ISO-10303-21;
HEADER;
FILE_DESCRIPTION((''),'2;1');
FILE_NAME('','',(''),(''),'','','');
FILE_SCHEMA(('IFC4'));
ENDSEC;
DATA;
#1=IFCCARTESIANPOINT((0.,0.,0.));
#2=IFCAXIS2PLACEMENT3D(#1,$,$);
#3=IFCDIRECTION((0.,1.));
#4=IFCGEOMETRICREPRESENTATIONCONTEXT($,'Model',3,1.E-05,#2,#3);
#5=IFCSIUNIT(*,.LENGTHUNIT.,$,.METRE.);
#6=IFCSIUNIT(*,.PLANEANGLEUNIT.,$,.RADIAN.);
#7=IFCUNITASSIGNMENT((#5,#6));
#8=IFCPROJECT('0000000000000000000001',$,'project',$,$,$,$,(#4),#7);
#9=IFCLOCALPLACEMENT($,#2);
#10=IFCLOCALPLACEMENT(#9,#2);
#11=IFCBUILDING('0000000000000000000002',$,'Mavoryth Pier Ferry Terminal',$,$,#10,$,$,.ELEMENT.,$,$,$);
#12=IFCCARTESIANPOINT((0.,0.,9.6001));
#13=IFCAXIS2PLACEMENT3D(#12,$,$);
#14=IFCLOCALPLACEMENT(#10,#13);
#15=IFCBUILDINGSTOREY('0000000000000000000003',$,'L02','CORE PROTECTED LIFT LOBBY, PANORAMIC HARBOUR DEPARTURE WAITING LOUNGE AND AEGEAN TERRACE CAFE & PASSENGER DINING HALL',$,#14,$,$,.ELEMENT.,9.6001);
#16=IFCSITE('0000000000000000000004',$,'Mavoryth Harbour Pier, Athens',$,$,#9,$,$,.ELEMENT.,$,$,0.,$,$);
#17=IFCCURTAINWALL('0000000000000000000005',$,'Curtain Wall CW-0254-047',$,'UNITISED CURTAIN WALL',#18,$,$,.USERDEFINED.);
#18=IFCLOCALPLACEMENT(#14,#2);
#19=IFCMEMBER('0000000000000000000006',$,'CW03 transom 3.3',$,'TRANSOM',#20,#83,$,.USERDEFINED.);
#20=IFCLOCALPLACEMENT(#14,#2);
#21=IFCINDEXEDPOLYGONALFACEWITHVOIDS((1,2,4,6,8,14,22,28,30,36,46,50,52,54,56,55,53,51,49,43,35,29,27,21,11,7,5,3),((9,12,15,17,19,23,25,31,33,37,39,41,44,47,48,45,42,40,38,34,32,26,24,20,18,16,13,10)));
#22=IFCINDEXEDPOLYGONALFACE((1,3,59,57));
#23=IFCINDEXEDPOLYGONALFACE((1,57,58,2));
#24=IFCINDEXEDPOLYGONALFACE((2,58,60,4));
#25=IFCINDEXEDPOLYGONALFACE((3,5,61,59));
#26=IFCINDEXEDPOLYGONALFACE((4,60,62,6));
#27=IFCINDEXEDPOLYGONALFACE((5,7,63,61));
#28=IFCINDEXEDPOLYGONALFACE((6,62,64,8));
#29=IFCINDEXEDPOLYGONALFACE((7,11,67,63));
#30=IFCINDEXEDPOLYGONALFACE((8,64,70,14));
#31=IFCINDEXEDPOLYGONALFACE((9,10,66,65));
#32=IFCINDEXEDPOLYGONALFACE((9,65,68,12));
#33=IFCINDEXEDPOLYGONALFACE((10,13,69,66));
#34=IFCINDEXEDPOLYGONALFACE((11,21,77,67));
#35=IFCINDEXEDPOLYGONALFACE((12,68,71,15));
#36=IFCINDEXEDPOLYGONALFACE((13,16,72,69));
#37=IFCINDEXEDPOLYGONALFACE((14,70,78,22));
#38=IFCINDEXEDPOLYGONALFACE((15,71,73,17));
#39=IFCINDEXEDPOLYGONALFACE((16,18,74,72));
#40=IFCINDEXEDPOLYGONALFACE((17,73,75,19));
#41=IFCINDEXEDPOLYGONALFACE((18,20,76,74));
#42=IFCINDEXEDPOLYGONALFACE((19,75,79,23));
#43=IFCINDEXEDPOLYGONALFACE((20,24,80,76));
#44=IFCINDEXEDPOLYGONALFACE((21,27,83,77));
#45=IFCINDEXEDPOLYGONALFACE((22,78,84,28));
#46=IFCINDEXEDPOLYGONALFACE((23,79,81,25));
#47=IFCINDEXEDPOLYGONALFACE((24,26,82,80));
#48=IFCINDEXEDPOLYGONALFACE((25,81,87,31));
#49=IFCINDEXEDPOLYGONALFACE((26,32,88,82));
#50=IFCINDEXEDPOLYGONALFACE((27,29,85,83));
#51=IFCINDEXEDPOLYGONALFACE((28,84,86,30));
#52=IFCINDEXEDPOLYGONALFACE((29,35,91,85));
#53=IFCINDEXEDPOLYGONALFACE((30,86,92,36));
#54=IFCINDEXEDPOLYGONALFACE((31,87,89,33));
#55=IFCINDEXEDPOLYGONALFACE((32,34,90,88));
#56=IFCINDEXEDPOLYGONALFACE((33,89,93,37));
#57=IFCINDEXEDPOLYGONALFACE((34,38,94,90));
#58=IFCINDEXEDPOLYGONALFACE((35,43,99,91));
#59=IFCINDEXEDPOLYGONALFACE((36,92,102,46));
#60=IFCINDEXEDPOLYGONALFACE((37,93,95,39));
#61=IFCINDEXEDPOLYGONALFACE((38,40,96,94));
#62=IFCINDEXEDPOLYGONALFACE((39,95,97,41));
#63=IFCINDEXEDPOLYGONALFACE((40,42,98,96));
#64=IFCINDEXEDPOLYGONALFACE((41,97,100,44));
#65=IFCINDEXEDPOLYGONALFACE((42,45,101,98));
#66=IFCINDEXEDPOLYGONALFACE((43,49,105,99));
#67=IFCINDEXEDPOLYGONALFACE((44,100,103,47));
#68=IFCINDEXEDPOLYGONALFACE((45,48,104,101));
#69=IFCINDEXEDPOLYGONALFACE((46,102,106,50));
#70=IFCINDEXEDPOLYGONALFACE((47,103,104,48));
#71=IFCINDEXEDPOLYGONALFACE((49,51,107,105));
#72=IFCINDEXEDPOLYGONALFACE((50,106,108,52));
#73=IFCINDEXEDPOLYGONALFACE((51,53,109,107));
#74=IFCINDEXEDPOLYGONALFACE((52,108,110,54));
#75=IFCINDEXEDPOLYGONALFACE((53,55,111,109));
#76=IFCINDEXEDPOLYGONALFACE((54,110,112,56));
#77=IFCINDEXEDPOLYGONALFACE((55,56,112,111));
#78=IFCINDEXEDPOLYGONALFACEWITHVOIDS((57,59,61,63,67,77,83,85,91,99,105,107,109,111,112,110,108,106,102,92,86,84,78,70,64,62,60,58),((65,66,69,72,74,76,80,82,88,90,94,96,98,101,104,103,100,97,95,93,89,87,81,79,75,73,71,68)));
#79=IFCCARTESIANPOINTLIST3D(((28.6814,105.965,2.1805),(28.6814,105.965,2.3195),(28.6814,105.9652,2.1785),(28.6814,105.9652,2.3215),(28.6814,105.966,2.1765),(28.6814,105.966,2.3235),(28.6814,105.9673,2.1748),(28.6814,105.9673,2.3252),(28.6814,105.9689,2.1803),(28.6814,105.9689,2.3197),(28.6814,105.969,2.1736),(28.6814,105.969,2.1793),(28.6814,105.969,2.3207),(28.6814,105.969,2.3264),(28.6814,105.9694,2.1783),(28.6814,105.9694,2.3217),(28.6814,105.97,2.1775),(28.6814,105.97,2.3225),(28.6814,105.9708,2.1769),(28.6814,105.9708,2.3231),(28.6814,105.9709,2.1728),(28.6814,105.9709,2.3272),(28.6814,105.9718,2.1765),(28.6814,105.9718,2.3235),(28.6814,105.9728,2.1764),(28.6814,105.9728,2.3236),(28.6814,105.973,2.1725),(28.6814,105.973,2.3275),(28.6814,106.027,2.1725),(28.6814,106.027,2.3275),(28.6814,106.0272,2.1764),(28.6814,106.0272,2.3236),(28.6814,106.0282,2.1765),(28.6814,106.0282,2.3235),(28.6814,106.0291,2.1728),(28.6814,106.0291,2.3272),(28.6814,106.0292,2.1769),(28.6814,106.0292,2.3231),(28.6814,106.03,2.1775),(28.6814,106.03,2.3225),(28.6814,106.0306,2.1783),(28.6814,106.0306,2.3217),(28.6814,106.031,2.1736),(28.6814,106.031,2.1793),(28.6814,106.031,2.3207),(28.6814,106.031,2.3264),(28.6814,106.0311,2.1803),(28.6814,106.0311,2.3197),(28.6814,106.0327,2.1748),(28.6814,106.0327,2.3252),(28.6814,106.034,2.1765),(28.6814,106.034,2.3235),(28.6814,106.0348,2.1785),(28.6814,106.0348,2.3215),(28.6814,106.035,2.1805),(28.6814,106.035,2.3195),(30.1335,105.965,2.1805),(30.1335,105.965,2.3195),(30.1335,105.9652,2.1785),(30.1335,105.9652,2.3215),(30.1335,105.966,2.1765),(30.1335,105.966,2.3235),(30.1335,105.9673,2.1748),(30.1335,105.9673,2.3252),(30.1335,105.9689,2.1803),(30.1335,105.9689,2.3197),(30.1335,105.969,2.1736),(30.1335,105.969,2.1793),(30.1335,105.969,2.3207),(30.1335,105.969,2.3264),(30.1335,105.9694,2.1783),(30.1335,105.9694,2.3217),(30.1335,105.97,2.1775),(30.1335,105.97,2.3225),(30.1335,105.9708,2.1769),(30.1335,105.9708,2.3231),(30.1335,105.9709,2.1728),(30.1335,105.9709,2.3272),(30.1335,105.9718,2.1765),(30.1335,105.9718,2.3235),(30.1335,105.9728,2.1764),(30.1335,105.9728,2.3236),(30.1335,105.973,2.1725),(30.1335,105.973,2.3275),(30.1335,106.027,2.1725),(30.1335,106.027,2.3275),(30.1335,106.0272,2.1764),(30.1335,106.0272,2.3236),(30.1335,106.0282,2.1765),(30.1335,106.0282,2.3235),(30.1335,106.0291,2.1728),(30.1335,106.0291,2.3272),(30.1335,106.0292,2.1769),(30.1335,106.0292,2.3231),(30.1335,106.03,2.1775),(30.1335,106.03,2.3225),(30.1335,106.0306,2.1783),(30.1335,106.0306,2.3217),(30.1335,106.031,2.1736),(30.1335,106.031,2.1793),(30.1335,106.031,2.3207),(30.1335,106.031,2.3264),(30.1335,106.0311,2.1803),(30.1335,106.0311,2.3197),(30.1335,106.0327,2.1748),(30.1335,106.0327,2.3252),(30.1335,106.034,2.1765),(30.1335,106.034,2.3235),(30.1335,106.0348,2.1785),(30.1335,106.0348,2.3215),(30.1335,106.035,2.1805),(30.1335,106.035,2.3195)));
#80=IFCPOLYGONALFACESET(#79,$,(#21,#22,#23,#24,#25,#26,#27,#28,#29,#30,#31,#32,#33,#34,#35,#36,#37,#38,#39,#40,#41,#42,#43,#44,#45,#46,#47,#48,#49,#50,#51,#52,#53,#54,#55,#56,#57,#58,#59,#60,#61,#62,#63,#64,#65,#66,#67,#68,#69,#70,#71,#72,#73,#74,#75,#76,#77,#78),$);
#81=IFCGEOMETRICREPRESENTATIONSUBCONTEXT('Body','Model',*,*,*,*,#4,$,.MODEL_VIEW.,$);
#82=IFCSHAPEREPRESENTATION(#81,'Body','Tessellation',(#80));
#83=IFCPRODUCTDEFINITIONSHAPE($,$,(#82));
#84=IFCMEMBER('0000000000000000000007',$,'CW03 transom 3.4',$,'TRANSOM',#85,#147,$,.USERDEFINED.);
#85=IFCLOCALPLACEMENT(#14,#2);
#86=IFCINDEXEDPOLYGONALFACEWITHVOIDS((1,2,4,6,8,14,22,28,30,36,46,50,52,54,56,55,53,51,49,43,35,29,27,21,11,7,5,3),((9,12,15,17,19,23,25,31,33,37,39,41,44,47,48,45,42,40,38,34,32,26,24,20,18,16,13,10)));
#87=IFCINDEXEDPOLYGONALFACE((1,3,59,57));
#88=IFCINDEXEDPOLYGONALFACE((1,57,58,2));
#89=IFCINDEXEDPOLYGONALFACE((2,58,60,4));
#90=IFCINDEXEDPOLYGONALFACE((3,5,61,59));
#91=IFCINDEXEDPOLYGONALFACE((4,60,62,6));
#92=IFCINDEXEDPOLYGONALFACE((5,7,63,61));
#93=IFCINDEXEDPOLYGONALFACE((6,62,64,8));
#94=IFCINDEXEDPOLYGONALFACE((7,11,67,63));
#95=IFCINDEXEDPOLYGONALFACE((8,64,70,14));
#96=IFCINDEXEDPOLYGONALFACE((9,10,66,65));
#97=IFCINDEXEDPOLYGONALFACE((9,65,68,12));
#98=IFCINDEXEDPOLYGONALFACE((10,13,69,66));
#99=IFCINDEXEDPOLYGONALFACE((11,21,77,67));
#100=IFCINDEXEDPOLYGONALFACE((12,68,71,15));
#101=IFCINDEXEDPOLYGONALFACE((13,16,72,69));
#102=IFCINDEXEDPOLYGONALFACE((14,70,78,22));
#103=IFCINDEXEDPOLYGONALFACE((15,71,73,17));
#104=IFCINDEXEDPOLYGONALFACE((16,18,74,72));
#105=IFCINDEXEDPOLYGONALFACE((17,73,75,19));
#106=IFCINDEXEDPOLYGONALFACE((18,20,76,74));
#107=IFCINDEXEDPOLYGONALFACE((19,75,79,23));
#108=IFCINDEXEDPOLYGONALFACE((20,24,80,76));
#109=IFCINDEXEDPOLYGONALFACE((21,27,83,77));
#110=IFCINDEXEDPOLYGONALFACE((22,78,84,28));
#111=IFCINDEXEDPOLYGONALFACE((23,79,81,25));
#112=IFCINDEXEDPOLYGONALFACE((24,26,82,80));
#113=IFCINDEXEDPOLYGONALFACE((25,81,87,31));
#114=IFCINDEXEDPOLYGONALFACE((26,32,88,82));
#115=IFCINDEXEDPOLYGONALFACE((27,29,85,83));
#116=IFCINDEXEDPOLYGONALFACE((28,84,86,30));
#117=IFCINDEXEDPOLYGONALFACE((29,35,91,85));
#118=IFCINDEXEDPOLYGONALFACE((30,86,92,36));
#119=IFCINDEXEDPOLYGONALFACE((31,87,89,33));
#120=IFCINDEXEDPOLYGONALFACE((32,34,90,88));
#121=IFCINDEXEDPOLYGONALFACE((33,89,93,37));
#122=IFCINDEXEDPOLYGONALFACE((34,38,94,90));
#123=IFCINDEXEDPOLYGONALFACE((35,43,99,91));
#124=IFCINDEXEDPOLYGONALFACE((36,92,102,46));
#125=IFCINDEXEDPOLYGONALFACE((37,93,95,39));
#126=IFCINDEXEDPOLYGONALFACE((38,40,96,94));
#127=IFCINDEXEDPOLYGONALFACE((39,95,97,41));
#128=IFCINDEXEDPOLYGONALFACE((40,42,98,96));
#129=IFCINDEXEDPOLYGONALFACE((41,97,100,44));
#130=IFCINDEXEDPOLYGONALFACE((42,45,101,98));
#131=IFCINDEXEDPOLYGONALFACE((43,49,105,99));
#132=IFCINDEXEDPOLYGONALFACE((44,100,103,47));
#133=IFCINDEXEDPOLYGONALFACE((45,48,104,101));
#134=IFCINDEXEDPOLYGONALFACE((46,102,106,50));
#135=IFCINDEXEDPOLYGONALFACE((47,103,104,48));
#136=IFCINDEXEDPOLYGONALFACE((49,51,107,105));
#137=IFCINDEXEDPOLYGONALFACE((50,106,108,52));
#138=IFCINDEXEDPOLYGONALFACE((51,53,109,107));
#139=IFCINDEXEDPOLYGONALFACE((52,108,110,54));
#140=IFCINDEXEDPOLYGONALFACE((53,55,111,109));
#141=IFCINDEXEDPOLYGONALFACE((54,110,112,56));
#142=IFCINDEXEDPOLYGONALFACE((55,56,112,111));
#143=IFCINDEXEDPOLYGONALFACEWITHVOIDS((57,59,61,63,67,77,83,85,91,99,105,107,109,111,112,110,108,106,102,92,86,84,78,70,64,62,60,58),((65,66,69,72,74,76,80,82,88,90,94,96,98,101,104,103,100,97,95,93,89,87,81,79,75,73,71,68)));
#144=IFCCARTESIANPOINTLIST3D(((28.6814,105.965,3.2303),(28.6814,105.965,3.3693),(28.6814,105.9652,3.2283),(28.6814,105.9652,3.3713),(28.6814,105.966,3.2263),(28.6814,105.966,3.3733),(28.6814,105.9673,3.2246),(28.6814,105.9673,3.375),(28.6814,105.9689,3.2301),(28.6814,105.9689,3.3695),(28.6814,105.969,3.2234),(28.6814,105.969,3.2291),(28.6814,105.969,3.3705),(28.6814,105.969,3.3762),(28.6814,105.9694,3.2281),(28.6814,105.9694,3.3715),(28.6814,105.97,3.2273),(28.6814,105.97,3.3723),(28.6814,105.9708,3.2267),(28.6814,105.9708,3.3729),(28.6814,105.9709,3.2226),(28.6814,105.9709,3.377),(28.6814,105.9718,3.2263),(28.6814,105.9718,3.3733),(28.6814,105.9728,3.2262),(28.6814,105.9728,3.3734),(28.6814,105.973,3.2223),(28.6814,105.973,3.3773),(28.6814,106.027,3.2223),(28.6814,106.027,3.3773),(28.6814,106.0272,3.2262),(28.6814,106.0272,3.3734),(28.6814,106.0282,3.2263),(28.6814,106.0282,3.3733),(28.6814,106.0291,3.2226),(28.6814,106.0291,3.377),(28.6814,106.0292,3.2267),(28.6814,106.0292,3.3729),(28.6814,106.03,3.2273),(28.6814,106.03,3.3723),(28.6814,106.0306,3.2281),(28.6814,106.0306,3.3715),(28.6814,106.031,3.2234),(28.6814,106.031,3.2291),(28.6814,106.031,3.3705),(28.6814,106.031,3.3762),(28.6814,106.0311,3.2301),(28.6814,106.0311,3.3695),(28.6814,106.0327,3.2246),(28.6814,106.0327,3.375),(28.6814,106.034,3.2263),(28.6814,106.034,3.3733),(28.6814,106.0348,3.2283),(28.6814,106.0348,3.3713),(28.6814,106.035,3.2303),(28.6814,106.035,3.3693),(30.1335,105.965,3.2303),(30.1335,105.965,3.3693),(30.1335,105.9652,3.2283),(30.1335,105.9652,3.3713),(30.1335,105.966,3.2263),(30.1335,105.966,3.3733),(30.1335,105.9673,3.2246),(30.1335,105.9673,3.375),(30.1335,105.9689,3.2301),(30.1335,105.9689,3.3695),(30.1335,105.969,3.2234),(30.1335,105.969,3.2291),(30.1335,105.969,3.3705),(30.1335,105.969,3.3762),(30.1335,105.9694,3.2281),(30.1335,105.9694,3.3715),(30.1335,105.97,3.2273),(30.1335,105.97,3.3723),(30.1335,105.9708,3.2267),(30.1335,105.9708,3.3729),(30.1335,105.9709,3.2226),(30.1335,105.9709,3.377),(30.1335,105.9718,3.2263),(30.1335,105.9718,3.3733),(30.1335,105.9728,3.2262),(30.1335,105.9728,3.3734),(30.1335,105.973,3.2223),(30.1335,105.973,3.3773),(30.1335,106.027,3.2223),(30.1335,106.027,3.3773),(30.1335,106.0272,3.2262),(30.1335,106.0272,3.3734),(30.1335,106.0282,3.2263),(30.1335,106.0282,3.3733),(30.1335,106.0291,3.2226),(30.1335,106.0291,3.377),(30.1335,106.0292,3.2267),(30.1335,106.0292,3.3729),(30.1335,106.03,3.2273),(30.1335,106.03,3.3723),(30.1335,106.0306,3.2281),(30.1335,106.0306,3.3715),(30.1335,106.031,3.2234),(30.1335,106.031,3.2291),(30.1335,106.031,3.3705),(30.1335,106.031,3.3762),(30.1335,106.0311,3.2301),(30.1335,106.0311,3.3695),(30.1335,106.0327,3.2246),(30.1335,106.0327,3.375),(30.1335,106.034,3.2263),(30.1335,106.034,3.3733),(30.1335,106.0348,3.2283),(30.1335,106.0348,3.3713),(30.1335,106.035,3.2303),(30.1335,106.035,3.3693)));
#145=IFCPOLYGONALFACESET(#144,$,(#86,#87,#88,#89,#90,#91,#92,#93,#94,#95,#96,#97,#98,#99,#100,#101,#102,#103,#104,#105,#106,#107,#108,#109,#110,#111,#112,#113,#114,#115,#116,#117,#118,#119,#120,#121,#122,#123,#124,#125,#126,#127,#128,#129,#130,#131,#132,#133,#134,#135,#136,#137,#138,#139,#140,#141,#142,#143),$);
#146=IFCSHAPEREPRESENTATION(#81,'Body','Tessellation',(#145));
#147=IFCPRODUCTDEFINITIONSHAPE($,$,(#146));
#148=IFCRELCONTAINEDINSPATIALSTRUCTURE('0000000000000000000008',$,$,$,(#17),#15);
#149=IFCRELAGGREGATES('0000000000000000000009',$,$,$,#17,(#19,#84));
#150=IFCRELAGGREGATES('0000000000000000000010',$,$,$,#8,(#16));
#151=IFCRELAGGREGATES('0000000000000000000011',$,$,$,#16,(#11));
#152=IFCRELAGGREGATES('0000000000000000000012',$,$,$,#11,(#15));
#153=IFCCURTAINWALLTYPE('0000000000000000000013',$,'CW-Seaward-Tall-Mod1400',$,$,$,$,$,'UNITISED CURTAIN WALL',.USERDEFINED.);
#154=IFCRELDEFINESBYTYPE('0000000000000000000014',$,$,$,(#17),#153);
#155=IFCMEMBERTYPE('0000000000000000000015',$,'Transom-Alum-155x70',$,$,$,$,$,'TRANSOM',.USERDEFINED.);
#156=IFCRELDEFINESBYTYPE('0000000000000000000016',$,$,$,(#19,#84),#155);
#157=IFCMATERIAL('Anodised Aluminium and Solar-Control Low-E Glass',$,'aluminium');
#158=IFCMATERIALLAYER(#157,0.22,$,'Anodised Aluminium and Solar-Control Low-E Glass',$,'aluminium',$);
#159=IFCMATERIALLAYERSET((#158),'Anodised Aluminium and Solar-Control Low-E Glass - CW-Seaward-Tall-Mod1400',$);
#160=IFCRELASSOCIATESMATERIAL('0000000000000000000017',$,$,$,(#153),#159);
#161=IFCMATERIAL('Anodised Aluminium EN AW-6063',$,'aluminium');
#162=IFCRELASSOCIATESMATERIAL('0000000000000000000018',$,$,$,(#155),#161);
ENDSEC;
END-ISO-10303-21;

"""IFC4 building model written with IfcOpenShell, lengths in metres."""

from ifc_helpers import new_model, si_unit, direction, frame, origin, origin_2d, place, context, subcontext, project, spatial, hollow_rectangle, extrude, material, layer, layer_set, material_profile, profile_set, type_object, element, aggregate, save


model = new_model("IFC4")

# Units and contexts
model_context = context("Model", 3, precision=1e-05, world=origin(), true_north=direction((0.0, 1.0)))
body_context = subcontext(model_context, "Body", "Model", "MODEL_VIEW")
ifc_project = project(units=[si_unit("LENGTHUNIT", "METRE"), si_unit("PLANEANGLEUNIT", "RADIAN")], contexts=[model_context])

# Site, building, storey
site_placement = place(None, origin())
site = spatial("IfcSite", under=ifc_project, at=site_placement, Name="Mavoryth Harbour Pier, Athens", CompositionType="ELEMENT", RefElevation=0.0)
building_placement = place(site_placement, origin())
building = spatial("IfcBuilding", under=site, at=building_placement, Name="Mavoryth Pier Ferry Terminal", CompositionType="ELEMENT")
storey_placement = place(building_placement, frame((0.0, 0.0, 9.6001)))
storey = spatial("IfcBuildingStorey", under=building, at=storey_placement, Name="L02", Description="CORE PROTECTED LIFT LOBBY, PANORAMIC HARBOUR DEPARTURE WAITING LOUNGE AND AEGEAN TERRACE CAFE & PASSENGER DINING HALL", CompositionType="ELEMENT", Elevation=9.6001)

# Curtain wall
ifc_material_1 = material(Name="Anodised Aluminium and Solar-Control Low-E Glass", Category="aluminium")
ifc_layer_1 = layer(ifc_material_1, 0.22, Name="Anodised Aluminium and Solar-Control Low-E Glass", Category="aluminium")
ifc_layer_set_1 = layer_set([ifc_layer_1], Name="Anodised Aluminium and Solar-Control Low-E Glass - CW-Seaward-Tall-Mod1400")
curtain_wall_type = type_object("IfcCurtainWallType", Name="CW-Seaward-Tall-Mod1400", ElementType="UNITISED CURTAIN WALL", PredefinedType="USERDEFINED", material=ifc_layer_set_1)
curtain_wall_placement = place(storey_placement, origin())
curtain_wall = element("IfcCurtainWall", 1, at=curtain_wall_placement, inside=storey, type_object=curtain_wall_type, Name="Curtain Wall CW-0254-047", ObjectType="UNITISED CURTAIN WALL", PredefinedType="USERDEFINED")
ifc_material_2 = material(Name="Anodised Aluminium EN AW-6063", Category="aluminium")

# Members
ifc_material_profile_1 = material_profile(ifc_material_2, hollow_rectangle(XDim=0.0701, YDim=0.155, WallThickness=0.0039, InnerFilletRadius=0.0039, OuterFilletRadius=0.0081, at=origin_2d()), Name="AL-TRAN 155x70x4", Category="aluminium")
ifc_profile_set_1 = profile_set([ifc_material_profile_1], Name="Anodised Aluminium EN AW-6063 - AL-TRAN 155x70x4")
member_type_1 = type_object("IfcMemberType", Name="Transom-Alum-155x70", ElementType="TRANSOM", PredefinedType="USERDEFINED", material=ifc_profile_set_1)
member_1_placement = place(storey_placement, frame((30.1335, 106.0, 2.25), z_axis=(-1.0, 0.0, 0.0), x_axis=(0.0, -1.0, 0.0)))
member_1 = element("IfcMember", 2, at=member_1_placement, type_object=member_type_1, Name="CW03 transom 3.3", ObjectType="TRANSOM", PredefinedType="USERDEFINED", context=body_context, shape_type="SweptSolid", body=[
    extrude(hollow_rectangle(XDim=0.0701, YDim=0.155, WallThickness=0.0039, InnerFilletRadius=0.0039, OuterFilletRadius=0.0081, at=origin_2d()), origin(), (0.0, 0.0, 1.0), 1.4521),
])
member_2_placement = place(storey_placement, frame((30.1335, 106.0, 3.2998), z_axis=(-1.0, 0.0, 0.0), x_axis=(0.0, -1.0, 0.0)))
member_2 = element("IfcMember", 3, at=member_2_placement, type_object=member_type_1, Name="CW03 transom 3.4", ObjectType="TRANSOM", PredefinedType="USERDEFINED", context=body_context, shape_type="SweptSolid", body=[
    extrude(hollow_rectangle(XDim=0.0701, YDim=0.155, WallThickness=0.0039, InnerFilletRadius=0.0039, OuterFilletRadius=0.0081, at=origin_2d()), origin(), (0.0, 0.0, 1.0), 1.4521),
])

aggregate(curtain_wall, [member_1, member_2])

save(model, "model.ifc")
